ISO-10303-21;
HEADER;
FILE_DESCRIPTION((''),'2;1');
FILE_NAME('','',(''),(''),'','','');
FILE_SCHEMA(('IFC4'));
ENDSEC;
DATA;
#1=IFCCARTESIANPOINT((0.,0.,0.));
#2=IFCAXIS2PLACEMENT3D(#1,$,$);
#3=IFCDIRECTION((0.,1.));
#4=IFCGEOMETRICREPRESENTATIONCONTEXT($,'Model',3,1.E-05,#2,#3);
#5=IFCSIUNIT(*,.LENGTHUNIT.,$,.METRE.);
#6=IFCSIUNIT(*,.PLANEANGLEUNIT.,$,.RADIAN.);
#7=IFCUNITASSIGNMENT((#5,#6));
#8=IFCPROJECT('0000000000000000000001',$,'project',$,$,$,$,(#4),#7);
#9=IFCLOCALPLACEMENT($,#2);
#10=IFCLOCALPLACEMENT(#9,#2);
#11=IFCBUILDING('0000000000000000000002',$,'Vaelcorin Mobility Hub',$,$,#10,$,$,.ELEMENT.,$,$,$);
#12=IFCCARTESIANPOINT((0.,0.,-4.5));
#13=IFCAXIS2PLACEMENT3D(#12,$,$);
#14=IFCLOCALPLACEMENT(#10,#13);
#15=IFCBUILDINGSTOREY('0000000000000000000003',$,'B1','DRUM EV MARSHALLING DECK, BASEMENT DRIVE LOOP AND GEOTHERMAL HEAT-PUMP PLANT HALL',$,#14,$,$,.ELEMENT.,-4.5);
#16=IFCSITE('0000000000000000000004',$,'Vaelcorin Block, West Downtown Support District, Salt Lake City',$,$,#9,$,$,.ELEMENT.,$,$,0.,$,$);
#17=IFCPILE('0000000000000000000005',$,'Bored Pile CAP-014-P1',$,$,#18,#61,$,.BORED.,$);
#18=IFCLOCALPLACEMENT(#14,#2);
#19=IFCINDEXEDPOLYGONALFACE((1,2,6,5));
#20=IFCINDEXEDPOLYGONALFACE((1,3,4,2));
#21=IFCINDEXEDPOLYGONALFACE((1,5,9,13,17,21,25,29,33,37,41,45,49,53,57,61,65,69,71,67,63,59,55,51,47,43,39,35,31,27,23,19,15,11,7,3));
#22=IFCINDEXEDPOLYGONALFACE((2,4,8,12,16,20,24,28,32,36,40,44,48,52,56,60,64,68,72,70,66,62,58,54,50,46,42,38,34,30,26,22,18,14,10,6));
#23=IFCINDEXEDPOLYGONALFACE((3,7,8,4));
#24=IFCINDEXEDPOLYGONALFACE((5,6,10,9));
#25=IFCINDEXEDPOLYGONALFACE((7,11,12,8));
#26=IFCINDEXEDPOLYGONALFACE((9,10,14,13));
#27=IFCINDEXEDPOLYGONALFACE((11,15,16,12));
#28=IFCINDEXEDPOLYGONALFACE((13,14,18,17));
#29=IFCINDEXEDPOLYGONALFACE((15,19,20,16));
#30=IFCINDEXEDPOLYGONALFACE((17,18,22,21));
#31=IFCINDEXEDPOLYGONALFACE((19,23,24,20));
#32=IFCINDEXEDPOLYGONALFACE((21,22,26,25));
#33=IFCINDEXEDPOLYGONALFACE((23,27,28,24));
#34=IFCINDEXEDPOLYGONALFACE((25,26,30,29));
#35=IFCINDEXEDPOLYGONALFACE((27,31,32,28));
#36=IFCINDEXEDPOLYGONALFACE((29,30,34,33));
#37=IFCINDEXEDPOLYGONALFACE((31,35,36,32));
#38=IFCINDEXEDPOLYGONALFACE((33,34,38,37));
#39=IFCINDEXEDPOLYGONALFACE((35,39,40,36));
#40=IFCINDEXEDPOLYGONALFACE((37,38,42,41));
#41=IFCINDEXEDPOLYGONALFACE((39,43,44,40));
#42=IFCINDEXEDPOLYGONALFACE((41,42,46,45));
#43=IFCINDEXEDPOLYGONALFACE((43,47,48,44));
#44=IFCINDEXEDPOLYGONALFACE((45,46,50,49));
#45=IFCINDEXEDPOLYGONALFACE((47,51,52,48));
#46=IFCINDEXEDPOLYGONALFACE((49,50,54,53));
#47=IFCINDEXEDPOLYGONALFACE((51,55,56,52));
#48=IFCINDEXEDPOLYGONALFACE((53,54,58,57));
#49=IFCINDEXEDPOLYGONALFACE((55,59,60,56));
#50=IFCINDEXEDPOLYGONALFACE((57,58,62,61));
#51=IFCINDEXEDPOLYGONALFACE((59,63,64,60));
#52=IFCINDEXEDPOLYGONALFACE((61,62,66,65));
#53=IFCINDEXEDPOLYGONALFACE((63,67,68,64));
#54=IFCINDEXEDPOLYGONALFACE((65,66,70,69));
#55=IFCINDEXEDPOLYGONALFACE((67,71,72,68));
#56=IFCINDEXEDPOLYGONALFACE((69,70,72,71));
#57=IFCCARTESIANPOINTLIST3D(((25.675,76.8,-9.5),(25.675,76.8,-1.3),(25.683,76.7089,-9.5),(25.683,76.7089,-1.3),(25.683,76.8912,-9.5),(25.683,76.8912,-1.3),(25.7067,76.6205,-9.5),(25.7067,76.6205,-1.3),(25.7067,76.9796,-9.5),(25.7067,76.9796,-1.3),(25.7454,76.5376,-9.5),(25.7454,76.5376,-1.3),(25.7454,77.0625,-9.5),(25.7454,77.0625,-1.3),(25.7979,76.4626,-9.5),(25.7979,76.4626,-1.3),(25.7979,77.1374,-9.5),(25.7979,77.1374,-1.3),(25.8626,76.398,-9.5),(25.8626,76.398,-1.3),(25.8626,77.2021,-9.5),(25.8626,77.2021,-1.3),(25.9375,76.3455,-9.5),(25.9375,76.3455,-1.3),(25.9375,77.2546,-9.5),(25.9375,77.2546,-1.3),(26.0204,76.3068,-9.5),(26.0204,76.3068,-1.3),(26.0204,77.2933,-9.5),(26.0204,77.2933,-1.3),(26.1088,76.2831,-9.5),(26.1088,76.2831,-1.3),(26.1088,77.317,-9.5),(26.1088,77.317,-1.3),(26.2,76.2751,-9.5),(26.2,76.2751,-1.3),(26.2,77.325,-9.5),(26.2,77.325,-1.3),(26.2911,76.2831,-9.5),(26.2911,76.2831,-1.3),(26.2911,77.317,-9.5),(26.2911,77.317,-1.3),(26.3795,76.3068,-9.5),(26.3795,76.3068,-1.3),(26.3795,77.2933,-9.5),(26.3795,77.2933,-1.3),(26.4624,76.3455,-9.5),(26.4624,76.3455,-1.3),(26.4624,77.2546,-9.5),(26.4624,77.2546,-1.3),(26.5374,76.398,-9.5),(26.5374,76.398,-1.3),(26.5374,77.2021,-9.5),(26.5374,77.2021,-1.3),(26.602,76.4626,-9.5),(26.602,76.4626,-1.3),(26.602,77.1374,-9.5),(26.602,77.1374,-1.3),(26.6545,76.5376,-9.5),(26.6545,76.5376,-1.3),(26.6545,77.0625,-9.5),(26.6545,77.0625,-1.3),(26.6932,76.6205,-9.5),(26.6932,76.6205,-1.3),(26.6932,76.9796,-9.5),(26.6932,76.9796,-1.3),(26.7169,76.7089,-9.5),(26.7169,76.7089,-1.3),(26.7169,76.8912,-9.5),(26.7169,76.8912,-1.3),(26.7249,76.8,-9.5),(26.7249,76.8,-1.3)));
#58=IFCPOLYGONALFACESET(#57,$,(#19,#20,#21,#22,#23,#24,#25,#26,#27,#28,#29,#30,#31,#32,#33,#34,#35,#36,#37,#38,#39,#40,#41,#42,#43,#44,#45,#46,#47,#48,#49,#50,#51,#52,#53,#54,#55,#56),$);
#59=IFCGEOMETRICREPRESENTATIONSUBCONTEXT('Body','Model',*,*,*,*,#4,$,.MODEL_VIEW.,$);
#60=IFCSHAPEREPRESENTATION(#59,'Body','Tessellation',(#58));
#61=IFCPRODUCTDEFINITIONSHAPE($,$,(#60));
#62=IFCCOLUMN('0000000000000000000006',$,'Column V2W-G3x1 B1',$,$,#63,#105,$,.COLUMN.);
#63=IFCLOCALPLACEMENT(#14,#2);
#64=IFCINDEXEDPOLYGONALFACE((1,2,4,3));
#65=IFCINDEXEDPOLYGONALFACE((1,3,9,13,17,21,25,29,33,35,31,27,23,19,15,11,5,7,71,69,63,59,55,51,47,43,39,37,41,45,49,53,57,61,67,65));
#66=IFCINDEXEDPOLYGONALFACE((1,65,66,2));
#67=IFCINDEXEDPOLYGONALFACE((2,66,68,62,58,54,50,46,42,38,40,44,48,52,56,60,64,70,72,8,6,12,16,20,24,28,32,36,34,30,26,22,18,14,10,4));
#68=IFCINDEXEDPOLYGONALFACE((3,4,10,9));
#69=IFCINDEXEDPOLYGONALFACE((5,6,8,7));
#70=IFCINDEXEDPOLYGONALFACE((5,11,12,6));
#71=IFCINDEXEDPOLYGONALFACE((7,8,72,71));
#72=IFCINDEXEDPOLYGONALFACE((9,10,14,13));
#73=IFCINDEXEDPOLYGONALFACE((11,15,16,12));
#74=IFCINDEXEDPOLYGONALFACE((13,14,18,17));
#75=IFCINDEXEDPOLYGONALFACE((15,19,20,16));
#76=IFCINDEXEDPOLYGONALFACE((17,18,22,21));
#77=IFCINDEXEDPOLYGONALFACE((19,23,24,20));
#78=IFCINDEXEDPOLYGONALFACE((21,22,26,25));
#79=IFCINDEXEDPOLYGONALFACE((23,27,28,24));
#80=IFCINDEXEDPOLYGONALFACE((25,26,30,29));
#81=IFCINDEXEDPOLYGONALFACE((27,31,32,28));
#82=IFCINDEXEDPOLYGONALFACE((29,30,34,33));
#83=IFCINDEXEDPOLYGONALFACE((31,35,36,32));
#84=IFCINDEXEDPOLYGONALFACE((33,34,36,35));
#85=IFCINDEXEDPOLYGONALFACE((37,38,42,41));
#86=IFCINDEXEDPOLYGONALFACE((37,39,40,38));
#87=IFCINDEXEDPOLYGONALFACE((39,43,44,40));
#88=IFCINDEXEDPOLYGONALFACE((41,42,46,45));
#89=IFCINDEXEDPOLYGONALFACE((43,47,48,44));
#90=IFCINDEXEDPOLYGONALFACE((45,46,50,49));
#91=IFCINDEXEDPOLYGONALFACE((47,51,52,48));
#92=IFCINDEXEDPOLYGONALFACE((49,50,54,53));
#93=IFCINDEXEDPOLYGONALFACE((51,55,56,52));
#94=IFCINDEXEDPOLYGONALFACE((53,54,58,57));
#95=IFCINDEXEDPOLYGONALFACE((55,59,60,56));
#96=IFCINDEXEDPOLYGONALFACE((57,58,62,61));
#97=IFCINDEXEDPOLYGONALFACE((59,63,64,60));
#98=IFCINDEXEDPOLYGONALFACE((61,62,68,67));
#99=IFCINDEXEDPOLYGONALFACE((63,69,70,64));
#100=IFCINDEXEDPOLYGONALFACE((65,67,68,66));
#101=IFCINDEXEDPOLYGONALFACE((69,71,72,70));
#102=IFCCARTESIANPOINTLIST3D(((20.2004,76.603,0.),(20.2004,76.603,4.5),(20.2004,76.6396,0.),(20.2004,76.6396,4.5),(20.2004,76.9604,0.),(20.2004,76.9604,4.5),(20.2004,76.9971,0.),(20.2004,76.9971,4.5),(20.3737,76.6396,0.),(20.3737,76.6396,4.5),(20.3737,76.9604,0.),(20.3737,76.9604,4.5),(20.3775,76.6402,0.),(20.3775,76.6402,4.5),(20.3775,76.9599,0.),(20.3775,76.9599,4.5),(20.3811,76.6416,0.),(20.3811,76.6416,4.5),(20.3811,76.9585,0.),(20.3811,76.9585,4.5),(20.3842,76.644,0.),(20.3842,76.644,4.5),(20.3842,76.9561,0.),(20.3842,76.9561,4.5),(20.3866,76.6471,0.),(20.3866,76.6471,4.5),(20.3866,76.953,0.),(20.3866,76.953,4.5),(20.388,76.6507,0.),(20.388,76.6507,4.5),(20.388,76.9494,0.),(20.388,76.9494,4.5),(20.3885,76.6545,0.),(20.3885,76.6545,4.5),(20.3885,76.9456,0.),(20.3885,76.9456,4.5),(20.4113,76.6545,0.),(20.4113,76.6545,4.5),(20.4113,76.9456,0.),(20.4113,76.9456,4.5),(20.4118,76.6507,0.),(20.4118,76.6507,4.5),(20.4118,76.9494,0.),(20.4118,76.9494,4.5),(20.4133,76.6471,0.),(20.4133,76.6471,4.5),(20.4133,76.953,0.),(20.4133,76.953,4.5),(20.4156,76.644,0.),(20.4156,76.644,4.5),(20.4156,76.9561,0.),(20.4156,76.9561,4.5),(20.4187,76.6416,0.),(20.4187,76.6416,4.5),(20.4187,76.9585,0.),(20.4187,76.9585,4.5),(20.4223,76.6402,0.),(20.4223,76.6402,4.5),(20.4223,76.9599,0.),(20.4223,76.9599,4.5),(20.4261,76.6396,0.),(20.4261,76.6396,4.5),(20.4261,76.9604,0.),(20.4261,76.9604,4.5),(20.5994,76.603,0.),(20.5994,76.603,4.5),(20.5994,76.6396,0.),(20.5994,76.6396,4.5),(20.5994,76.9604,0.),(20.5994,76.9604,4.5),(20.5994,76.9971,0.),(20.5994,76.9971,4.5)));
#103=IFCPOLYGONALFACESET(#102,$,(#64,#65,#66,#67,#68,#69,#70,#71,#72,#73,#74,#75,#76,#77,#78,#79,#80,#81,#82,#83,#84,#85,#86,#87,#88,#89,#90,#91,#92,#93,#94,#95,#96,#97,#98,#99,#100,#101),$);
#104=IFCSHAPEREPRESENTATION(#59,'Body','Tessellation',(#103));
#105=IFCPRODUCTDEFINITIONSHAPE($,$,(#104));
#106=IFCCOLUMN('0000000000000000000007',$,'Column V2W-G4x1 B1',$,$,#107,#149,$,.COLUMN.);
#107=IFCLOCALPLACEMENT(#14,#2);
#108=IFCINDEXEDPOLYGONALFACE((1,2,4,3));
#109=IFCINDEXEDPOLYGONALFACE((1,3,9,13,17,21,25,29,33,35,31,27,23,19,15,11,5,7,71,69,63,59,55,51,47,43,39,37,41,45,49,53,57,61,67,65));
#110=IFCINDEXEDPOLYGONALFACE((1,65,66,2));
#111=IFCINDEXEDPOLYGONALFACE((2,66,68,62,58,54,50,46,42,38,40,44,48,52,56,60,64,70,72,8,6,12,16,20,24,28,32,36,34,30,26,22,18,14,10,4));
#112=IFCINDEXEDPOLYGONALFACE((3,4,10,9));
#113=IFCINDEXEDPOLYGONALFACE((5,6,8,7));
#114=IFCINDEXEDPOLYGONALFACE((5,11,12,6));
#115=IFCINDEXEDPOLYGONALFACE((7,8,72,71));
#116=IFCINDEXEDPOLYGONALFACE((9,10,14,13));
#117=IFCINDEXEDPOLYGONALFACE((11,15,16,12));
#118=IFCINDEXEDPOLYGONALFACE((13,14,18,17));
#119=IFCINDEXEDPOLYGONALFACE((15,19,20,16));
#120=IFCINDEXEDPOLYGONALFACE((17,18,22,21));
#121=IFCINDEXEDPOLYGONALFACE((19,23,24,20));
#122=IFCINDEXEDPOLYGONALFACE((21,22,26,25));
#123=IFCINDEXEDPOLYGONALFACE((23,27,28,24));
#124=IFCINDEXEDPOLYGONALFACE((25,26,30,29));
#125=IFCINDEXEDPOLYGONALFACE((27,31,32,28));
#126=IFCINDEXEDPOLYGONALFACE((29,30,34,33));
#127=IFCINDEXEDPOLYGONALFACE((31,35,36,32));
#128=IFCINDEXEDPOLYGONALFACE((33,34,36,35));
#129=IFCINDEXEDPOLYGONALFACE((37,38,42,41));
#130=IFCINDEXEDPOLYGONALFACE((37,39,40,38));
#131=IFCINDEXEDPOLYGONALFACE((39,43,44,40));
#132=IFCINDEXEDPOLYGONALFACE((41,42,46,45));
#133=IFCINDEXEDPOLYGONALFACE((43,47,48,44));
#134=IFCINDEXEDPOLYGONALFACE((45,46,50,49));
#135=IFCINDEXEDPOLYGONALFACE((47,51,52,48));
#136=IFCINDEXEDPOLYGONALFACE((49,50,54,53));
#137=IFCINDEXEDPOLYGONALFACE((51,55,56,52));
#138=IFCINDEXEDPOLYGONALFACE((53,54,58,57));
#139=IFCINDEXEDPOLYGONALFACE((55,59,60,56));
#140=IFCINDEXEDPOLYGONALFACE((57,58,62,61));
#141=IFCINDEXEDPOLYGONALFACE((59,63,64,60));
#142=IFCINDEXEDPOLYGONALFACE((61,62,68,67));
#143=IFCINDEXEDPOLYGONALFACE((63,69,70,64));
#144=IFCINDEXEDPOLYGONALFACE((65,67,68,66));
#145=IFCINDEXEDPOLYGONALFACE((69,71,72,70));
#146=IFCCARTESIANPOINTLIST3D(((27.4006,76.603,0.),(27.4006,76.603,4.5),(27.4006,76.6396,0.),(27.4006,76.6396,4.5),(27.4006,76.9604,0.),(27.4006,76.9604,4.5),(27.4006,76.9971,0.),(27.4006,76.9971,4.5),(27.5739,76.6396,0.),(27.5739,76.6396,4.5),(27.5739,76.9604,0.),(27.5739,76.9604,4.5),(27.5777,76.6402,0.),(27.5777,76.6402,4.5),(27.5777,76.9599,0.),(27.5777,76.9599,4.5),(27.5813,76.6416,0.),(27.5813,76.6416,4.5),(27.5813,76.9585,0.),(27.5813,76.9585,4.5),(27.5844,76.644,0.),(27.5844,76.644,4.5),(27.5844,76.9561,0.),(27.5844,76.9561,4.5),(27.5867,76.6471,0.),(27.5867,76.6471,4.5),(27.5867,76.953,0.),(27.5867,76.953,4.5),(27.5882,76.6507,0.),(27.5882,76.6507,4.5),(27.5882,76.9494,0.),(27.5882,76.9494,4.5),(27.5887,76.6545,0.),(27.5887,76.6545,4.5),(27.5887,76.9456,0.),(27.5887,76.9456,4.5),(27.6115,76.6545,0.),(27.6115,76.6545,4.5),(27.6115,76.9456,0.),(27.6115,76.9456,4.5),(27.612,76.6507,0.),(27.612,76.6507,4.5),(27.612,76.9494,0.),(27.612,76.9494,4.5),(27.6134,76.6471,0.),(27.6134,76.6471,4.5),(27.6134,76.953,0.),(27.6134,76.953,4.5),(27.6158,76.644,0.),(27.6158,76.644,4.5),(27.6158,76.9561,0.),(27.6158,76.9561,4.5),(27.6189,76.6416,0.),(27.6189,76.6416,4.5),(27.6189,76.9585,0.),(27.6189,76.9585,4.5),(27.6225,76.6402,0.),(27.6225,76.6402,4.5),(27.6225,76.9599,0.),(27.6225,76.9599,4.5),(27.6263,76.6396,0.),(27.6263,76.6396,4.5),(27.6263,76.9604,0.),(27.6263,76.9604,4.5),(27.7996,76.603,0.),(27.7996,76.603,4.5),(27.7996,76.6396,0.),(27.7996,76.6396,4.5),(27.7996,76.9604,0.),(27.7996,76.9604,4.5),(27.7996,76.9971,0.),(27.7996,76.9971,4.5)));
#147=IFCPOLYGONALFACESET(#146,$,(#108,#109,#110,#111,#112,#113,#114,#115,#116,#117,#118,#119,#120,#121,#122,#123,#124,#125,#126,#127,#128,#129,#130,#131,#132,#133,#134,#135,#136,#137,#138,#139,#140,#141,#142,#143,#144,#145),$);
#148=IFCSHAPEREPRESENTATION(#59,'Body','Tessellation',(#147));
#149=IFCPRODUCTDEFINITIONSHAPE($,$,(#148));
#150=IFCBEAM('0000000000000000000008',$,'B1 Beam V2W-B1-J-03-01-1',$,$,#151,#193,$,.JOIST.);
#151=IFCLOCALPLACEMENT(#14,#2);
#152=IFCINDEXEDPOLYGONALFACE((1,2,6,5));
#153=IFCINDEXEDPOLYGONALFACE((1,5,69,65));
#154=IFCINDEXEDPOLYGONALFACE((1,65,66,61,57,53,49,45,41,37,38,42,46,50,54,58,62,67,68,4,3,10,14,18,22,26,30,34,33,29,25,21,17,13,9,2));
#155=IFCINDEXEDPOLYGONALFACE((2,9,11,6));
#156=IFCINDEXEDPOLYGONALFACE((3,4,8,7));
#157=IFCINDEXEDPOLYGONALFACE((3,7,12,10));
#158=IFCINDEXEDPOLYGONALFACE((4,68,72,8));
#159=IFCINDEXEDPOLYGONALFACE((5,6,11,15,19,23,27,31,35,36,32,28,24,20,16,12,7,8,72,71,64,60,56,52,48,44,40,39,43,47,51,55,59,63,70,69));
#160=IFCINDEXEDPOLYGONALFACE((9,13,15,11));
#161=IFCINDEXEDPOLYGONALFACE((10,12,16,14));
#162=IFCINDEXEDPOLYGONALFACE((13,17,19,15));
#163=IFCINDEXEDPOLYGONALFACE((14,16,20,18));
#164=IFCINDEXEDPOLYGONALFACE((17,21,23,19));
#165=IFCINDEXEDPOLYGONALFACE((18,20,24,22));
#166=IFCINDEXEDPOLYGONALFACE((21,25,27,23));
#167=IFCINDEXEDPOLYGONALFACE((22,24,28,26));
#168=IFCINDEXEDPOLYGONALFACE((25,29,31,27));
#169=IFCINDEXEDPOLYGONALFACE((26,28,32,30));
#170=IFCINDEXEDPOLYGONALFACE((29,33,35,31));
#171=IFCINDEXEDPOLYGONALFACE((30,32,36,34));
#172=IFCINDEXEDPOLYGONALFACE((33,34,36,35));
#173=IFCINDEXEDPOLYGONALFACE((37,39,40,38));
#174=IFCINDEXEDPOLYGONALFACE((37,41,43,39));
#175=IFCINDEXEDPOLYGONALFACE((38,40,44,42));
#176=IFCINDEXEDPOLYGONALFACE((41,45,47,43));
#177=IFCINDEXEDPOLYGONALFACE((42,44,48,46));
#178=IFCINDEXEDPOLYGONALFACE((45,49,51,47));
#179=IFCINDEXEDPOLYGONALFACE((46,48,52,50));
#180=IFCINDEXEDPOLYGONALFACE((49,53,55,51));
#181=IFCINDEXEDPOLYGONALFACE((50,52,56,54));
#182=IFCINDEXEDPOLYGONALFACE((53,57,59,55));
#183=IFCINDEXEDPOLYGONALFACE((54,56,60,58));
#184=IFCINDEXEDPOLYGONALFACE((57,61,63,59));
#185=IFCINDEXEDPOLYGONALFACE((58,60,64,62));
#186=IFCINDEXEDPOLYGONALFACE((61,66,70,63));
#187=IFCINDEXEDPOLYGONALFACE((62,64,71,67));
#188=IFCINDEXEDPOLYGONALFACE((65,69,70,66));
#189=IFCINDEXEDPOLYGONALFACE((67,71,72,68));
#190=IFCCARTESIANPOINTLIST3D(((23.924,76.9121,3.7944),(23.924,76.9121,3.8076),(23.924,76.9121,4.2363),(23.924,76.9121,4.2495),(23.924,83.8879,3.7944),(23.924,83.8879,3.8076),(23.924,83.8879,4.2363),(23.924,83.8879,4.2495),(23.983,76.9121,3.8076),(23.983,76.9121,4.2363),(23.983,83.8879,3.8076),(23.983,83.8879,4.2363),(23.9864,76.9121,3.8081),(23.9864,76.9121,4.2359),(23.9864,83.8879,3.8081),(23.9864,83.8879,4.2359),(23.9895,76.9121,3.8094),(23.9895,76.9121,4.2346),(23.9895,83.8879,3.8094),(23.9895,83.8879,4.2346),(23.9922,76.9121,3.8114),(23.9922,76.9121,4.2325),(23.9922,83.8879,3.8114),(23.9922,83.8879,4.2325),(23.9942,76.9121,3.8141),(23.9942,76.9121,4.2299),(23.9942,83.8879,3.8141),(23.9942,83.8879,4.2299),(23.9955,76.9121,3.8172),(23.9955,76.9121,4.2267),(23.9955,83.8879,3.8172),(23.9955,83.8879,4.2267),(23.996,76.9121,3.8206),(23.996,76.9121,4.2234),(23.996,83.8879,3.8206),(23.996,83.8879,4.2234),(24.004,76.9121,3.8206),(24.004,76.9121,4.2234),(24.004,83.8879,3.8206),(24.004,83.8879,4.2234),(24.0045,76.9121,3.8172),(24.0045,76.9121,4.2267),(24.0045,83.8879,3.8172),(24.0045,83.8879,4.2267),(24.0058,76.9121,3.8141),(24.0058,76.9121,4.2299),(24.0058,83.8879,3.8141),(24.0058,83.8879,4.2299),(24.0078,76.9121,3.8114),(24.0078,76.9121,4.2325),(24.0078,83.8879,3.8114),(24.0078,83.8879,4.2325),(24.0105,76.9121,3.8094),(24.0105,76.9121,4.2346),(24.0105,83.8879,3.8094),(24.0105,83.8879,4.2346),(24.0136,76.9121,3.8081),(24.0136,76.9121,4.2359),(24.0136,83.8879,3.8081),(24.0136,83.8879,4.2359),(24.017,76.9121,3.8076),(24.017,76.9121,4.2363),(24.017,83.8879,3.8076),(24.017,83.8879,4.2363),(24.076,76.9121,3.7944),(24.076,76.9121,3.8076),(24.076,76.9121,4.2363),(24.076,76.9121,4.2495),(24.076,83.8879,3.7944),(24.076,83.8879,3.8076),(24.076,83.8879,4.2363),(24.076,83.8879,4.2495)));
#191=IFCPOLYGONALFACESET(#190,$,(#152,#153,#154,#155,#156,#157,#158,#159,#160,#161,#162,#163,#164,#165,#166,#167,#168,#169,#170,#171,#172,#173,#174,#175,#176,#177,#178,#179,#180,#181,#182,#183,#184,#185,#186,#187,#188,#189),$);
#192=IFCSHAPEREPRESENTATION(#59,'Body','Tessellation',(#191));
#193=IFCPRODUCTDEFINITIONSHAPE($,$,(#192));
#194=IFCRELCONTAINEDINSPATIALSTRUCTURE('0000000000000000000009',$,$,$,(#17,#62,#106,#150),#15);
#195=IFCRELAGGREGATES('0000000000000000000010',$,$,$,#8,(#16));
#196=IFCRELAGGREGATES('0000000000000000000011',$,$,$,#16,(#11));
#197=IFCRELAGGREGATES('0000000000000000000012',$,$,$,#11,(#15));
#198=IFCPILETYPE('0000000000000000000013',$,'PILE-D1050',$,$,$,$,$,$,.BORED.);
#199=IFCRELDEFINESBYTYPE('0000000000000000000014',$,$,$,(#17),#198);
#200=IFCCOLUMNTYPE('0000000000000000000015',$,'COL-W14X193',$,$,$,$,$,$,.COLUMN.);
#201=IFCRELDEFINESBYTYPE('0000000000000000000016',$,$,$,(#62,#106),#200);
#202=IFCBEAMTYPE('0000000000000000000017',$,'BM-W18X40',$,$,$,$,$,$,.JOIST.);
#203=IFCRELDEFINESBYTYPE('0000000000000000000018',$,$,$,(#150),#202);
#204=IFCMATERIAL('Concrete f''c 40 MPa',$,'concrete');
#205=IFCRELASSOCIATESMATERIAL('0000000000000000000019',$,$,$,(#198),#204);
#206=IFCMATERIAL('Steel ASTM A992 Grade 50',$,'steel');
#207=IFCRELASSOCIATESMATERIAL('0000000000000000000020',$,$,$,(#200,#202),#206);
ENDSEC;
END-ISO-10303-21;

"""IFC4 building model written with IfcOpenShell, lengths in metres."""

from ifc_helpers import new_model, si_unit, direction, frame, origin, origin_2d, place, context, subcontext, project, spatial, circle, i_section, extrude, material, material_profile, profile_set, type_object, element, save


model = new_model("IFC4")

# Units and contexts
model_context = context("Model", 3, precision=1e-05, world=origin(), true_north=direction((0.0, 1.0)))
body_context = subcontext(model_context, "Body", "Model", "MODEL_VIEW")
ifc_project = project(units=[si_unit("LENGTHUNIT", "METRE"), si_unit("PLANEANGLEUNIT", "RADIAN")], contexts=[model_context])

# Site, building, storey
site_placement = place(None, origin())
site = spatial("IfcSite", under=ifc_project, at=site_placement, Name="Vaelcorin Block, West Downtown Support District, Salt Lake City", CompositionType="ELEMENT", RefElevation=0.0)
building_placement = place(site_placement, origin())
building = spatial("IfcBuilding", under=site, at=building_placement, Name="Vaelcorin Mobility Hub", CompositionType="ELEMENT")
storey_placement = place(building_placement, frame((0.0, 0.0, -4.5)))
storey = spatial("IfcBuildingStorey", under=building, at=storey_placement, Name="B1", Description="DRUM EV MARSHALLING DECK, BASEMENT DRIVE LOOP AND GEOTHERMAL HEAT-PUMP PLANT HALL", CompositionType="ELEMENT", Elevation=-4.5)

# Shared definitions
ifc_material_1 = material(Name="Concrete f'c 40 MPa", Category="concrete")

# Pile
ifc_material_profile_1 = material_profile(ifc_material_1, circle(Radius=0.5249, at=origin_2d()), Name="BP-D1050")
ifc_profile_set_1 = profile_set([ifc_material_profile_1], Name="Concrete f'c 40 MPa")
pile_type = type_object("IfcPileType", Name="PILE-D1050", PredefinedType="BORED", material=ifc_profile_set_1)
for number, where, z_axis, x_axis, name in (
    (1, (26.2, 76.8, -1.3), (0.0, 0.0, -1.0), (1.0, 0.0, 0.0), "Bored Pile CAP-014-P1"),
):
    element("IfcPile", number, at=place(storey_placement, frame(where, z_axis=z_axis, x_axis=x_axis)), inside=storey, type_object=pile_type, Name=name, PredefinedType="BORED", context=body_context, shape_type="SweptSolid", body=[
        extrude(circle(Radius=0.5249, at=origin_2d()), origin(), (0.0, 0.0, 1.0), 8.2),
    ])

# Columns
ifc_material_2 = material(Name="Steel ASTM A992 Grade 50", Category="steel")
ifc_material_profile_2 = material_profile(ifc_material_2, i_section(OverallWidth=0.3989, OverallDepth=0.394, WebThickness=0.0227, FlangeThickness=0.0366, FilletRadius=0.0149, at=origin_2d()), Name="W14X193")
ifc_profile_set_2 = profile_set([ifc_material_profile_2], Name="Steel ASTM A992 Grade 50")
column_type = type_object("IfcColumnType", Name="COL-W14X193", PredefinedType="COLUMN", material=ifc_profile_set_2)
for number, where, z_axis, x_axis, name in (
    (2, (20.3999, 76.8, 0.0), (0.0, 0.0, 1.0), (1.0, 0.0, 0.0), "Column V2W-G3x1 B1"),
    (3, (27.6001, 76.8, 0.0), (0.0, 0.0, 1.0), (1.0, 0.0, 0.0), "Column V2W-G4x1 B1"),
):
    element("IfcColumn", number, at=place(storey_placement, frame(where, z_axis=z_axis, x_axis=x_axis)), inside=storey, type_object=column_type, Name=name, PredefinedType="COLUMN", context=body_context, shape_type="SweptSolid", body=[
        extrude(i_section(OverallWidth=0.3989, OverallDepth=0.394, WebThickness=0.0227, FlangeThickness=0.0366, FilletRadius=0.0149, at=origin_2d()), origin(), (0.0, 0.0, 1.0), 4.5),
    ])

# Beam
ifc_material_profile_3 = material_profile(ifc_material_2, i_section(OverallWidth=0.1521, OverallDepth=0.4551, WebThickness=0.0081, FlangeThickness=0.0132, FilletRadius=0.0129, at=origin_2d()), Name="W18X40")
ifc_profile_set_3 = profile_set([ifc_material_profile_3], Name="Steel ASTM A992 Grade 50")
beam_type_1 = type_object("IfcBeamType", Name="BM-W18X40", PredefinedType="JOIST", material=ifc_profile_set_3)
beam_1_placement = place(storey_placement, frame((24.0, 76.9121, 4.022), z_axis=(0.0, 1.0, 0.0), x_axis=(-1.0, 0.0, 0.0)))
element("IfcBeam", 4, at=beam_1_placement, inside=storey, type_object=beam_type_1, Name="B1 Beam V2W-B1-J-03-01-1", PredefinedType="JOIST", context=body_context, shape_type="SweptSolid", body=[
    extrude(i_section(OverallWidth=0.1521, OverallDepth=0.4551, WebThickness=0.0081, FlangeThickness=0.0132, FilletRadius=0.0129, at=origin_2d()), origin(), (0.0, 0.0, 1.0), 6.9758),
])

save(model, "model.ifc")
